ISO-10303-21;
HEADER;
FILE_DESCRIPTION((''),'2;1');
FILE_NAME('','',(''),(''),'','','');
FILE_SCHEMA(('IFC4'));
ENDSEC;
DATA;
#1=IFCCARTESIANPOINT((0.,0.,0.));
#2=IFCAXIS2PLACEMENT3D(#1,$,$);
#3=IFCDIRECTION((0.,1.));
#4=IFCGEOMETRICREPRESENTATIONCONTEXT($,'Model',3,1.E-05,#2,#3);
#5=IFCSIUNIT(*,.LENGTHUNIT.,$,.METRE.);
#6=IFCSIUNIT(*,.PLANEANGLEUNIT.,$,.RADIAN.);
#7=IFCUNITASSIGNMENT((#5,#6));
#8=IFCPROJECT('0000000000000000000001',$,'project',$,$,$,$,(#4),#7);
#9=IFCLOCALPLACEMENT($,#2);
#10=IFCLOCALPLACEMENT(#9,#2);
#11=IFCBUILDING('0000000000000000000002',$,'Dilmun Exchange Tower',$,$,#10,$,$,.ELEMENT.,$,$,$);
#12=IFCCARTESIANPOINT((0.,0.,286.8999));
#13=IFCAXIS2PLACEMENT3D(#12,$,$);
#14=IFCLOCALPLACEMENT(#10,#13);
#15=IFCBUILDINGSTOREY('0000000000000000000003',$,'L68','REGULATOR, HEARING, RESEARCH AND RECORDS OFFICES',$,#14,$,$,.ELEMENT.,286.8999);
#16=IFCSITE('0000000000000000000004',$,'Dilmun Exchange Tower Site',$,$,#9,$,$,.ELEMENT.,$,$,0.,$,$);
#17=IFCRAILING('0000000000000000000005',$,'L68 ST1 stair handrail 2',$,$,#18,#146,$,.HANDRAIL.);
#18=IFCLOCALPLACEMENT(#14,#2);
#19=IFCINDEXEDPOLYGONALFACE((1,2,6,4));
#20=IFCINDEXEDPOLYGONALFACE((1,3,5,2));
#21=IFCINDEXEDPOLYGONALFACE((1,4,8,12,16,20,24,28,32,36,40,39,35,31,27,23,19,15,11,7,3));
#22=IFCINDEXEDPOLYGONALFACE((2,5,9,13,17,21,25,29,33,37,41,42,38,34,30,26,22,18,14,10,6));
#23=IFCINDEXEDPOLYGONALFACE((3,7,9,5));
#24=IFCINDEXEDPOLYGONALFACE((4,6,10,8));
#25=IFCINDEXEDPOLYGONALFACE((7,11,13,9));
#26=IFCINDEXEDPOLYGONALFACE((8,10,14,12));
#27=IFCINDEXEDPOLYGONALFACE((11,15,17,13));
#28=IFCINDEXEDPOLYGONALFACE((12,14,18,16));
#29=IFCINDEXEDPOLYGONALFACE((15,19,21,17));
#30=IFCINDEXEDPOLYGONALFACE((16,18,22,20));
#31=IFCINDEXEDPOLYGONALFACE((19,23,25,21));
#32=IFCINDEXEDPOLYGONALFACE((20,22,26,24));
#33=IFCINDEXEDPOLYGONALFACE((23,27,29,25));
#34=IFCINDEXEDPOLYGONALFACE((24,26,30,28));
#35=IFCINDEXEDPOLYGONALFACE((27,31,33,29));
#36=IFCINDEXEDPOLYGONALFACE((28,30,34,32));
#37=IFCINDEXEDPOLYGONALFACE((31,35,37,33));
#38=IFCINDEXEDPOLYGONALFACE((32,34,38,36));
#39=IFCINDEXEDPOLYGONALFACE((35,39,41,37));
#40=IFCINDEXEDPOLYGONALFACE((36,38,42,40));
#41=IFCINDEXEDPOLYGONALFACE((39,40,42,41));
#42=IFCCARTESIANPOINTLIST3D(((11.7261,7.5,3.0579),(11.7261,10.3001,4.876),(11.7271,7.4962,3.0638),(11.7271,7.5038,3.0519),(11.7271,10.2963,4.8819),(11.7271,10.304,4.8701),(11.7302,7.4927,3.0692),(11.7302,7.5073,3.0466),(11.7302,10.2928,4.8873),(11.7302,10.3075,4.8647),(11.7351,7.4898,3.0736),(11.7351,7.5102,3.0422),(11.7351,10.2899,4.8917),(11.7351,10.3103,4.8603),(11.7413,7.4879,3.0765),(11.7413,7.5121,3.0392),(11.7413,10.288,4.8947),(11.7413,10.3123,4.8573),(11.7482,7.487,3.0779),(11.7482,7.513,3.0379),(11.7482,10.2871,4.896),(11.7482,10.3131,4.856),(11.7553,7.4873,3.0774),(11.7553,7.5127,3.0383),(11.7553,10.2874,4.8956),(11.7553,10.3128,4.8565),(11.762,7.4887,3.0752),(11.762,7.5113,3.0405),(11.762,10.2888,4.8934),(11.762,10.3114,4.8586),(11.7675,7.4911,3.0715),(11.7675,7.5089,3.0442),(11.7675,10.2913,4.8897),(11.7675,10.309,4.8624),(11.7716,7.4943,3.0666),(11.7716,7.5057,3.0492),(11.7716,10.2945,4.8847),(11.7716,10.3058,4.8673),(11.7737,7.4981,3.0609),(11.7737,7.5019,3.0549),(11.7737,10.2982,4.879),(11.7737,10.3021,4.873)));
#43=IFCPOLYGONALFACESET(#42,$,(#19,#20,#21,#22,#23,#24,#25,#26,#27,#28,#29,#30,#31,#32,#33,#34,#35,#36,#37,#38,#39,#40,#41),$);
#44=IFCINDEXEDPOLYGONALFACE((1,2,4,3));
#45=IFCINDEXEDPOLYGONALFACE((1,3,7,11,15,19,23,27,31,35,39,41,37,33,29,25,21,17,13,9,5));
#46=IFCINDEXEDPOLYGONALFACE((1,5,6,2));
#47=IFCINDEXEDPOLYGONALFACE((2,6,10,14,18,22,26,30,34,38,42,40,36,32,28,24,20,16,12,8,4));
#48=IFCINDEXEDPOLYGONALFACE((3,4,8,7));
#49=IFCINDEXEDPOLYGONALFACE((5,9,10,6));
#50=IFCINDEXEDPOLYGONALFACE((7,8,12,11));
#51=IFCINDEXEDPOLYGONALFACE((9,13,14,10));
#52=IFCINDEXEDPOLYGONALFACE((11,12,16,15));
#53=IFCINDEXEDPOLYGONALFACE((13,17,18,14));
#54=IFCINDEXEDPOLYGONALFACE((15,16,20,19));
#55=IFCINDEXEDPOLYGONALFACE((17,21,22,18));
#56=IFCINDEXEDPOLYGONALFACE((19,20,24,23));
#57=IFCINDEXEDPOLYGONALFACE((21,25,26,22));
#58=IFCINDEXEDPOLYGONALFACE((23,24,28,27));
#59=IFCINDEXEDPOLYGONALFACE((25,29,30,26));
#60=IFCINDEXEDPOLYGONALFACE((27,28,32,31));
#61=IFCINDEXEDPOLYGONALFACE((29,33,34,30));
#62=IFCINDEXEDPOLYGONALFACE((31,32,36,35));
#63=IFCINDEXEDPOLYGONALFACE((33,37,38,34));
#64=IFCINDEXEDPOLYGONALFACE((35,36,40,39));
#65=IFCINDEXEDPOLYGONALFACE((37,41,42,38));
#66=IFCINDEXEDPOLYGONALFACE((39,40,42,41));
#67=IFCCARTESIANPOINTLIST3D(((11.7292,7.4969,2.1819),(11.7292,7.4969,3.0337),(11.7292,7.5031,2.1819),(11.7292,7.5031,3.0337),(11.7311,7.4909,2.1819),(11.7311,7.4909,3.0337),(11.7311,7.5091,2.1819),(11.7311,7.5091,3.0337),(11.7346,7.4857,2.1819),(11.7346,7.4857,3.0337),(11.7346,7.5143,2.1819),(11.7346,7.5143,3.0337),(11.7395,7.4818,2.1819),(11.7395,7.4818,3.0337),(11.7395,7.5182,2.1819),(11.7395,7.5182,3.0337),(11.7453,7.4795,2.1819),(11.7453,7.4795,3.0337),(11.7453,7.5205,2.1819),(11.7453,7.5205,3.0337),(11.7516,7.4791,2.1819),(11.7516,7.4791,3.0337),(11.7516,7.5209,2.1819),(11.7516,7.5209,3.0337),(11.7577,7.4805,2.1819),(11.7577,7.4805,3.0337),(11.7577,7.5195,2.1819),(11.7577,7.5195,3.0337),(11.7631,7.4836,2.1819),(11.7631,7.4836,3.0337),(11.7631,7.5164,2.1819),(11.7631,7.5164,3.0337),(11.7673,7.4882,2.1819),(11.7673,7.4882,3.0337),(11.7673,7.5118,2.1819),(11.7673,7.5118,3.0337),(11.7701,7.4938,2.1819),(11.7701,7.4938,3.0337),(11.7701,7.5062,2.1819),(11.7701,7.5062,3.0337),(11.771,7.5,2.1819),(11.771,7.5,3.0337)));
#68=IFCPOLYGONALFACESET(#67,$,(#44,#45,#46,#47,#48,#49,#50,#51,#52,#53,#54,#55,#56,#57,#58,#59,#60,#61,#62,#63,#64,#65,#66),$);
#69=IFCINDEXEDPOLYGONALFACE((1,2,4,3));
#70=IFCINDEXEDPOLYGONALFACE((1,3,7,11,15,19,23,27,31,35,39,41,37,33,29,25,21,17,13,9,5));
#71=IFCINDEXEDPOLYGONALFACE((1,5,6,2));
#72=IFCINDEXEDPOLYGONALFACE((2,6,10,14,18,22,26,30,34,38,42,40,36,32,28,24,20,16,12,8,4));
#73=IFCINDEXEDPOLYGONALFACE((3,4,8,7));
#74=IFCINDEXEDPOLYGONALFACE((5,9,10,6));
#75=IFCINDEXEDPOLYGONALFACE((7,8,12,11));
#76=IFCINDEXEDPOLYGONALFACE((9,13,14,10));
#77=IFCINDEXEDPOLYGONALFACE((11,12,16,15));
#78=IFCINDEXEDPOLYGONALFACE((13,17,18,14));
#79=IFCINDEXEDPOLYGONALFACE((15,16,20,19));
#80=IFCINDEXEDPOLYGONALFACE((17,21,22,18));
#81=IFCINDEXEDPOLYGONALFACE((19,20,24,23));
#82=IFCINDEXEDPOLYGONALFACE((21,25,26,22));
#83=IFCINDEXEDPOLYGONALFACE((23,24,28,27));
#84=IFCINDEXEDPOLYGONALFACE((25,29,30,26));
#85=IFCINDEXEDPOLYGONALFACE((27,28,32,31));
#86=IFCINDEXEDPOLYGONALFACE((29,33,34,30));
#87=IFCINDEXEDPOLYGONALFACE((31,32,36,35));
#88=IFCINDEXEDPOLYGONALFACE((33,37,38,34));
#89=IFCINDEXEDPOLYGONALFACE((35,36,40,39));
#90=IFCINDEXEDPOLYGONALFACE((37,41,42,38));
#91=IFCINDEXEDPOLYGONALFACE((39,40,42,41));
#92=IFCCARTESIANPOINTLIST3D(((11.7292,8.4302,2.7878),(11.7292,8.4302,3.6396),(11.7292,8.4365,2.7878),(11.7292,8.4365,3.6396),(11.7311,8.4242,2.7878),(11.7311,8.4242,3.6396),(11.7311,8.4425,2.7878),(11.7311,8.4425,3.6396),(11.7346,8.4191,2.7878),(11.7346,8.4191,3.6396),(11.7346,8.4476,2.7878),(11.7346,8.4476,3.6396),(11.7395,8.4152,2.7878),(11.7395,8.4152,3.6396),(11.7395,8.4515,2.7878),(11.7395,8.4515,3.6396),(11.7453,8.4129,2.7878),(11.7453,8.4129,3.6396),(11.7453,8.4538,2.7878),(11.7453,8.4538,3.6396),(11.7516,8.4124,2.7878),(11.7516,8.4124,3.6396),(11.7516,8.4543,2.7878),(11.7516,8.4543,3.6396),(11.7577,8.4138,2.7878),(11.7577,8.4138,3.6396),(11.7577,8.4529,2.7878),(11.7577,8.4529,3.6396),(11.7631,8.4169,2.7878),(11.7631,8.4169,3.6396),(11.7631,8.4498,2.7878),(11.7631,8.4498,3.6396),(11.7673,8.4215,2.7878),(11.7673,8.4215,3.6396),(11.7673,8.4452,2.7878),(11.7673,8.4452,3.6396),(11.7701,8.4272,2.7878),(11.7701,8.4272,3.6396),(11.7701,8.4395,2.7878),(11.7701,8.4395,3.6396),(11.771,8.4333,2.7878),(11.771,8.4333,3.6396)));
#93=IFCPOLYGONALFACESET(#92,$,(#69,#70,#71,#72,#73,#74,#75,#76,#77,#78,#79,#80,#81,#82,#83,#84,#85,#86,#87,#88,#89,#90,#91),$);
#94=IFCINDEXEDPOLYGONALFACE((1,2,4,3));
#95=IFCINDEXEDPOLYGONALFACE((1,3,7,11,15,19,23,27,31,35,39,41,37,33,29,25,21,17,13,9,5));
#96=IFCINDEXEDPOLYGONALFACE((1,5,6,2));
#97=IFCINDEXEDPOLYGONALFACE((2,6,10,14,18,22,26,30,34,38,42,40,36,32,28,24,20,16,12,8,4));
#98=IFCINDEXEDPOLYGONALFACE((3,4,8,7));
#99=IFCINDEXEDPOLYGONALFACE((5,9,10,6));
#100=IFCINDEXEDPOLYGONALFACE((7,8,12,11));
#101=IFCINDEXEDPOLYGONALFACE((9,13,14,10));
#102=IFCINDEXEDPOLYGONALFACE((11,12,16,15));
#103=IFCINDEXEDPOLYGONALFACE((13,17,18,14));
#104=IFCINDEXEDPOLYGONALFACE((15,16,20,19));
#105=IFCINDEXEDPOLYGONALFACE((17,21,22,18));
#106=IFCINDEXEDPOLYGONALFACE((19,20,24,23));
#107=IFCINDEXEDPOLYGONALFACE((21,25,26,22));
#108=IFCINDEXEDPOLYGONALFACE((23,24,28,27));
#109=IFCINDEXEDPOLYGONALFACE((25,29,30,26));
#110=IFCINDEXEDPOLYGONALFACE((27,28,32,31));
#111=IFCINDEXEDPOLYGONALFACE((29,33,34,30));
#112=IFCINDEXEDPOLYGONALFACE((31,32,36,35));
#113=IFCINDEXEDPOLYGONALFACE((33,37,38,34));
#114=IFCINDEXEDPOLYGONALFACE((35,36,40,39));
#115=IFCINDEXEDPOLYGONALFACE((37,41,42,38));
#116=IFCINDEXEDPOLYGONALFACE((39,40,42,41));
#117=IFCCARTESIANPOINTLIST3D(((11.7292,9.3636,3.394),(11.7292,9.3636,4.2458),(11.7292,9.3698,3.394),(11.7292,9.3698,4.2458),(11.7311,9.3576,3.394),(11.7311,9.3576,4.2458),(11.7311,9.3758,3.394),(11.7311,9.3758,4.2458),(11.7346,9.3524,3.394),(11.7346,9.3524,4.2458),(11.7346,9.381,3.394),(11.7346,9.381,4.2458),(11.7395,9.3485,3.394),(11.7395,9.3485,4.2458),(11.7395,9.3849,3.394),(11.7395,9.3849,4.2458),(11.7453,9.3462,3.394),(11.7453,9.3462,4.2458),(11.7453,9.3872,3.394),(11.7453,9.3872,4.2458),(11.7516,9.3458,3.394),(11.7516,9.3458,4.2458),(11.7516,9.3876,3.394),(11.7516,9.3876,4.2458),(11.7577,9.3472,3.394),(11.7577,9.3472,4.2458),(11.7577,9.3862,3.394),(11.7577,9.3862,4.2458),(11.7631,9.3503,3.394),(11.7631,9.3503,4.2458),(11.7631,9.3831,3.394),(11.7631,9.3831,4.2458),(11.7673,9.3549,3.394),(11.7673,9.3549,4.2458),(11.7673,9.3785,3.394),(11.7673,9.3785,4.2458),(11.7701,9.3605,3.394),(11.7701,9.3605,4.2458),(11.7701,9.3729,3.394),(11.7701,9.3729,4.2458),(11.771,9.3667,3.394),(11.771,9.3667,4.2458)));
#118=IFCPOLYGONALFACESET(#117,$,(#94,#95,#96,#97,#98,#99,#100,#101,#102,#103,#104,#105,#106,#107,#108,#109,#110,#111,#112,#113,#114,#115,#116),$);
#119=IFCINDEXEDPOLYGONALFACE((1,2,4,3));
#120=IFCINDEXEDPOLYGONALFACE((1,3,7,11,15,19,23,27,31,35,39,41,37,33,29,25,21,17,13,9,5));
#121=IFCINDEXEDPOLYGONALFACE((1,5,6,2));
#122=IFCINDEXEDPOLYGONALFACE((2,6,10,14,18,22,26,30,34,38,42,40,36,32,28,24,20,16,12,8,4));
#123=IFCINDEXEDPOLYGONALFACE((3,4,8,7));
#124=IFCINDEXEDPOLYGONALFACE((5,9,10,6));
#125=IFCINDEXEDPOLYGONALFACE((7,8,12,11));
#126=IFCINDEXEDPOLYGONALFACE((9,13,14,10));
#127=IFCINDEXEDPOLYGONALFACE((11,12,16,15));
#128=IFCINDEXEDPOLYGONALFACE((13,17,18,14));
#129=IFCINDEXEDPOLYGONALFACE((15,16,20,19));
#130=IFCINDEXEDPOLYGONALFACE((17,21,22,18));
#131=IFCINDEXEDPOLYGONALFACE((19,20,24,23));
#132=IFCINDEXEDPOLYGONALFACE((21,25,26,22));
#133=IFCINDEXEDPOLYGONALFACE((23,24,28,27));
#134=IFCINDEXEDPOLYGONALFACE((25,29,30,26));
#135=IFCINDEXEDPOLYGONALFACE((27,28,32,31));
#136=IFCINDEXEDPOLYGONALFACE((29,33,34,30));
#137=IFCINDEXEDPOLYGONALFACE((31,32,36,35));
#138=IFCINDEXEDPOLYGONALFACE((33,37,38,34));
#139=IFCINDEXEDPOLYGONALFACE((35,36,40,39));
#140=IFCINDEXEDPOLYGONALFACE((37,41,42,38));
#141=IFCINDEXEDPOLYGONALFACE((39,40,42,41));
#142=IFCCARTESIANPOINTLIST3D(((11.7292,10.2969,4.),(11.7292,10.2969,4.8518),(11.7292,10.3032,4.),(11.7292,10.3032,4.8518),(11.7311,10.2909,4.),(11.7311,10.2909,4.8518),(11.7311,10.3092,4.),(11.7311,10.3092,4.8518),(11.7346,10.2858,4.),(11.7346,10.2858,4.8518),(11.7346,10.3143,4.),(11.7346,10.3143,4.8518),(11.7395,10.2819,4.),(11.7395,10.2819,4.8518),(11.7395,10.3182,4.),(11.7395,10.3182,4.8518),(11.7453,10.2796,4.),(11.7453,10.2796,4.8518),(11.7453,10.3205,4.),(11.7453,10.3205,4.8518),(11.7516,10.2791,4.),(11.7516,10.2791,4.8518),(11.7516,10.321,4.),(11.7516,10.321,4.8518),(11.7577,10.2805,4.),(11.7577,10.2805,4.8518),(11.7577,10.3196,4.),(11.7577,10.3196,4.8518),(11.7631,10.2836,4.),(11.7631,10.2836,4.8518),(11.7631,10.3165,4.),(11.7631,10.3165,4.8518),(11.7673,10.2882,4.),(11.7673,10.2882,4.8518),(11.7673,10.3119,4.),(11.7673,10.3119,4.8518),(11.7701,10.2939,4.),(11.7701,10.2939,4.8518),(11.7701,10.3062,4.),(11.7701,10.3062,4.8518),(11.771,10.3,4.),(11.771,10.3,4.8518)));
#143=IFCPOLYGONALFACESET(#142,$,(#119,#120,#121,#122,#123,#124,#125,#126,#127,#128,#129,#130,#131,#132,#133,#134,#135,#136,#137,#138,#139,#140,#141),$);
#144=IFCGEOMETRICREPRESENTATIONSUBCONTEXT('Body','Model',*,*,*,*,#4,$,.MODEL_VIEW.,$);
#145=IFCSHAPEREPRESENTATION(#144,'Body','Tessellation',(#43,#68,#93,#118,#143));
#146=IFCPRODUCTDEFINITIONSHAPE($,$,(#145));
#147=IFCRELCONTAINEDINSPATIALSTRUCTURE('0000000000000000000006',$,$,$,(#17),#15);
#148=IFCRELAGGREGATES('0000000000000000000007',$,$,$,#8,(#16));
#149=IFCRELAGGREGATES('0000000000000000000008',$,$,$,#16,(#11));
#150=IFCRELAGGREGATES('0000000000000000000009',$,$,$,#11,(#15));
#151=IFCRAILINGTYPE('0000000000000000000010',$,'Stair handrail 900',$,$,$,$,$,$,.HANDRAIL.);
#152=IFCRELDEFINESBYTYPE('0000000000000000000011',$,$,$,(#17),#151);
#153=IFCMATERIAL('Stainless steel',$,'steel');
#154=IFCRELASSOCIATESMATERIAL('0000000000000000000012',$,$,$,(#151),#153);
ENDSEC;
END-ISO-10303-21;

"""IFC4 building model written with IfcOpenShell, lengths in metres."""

from ifc_helpers import new_model, si_unit, direction, frame, origin, origin_2d, place, context, subcontext, project, spatial, circle, extrude, material, type_object, element, save


model = new_model("IFC4")

# Units and contexts
model_context = context("Model", 3, precision=1e-05, world=origin(), true_north=direction((0.0, 1.0)))
body_context = subcontext(model_context, "Body", "Model", "MODEL_VIEW")
ifc_project = project(units=[si_unit("LENGTHUNIT", "METRE"), si_unit("PLANEANGLEUNIT", "RADIAN")], contexts=[model_context])

# Site, building, storey
site_placement = place(None, origin())
site = spatial("IfcSite", under=ifc_project, at=site_placement, Name="Dilmun Exchange Tower Site", CompositionType="ELEMENT", RefElevation=0.0)
building_placement = place(site_placement, origin())
building = spatial("IfcBuilding", under=site, at=building_placement, Name="Dilmun Exchange Tower", CompositionType="ELEMENT")
storey_placement = place(building_placement, frame((0.0, 0.0, 286.8999)))
storey = spatial("IfcBuildingStorey", under=building, at=storey_placement, Name="L68", Description="REGULATOR, HEARING, RESEARCH AND RECORDS OFFICES", CompositionType="ELEMENT", Elevation=286.8999)

# Railing
ifc_material_1 = material(Name="Stainless steel", Category="steel")
railing_type = type_object("IfcRailingType", Name="Stair handrail 900", PredefinedType="HANDRAIL", material=ifc_material_1)
railing_1_placement = place(storey_placement, frame((11.75, 7.5, 2.1819)))
element("IfcRailing", 1, at=railing_1_placement, inside=storey, type_object=railing_type, Name="L68 ST1 stair handrail 2", PredefinedType="HANDRAIL", context=body_context, shape_type="SweptSolid", body=[
    extrude(circle(Radius=0.0239, at=origin_2d()), frame((0.0, 0.0, 0.876), z_axis=(0.0, 0.838706, 0.544585), x_axis=(-1.0, 0.0, 0.0)), (0.0, 0.0, 1.0), 3.3386),
    extrude(circle(Radius=0.021, at=origin_2d()), origin(), (0.0, 0.0, 1.0), 0.8518),
    extrude(circle(Radius=0.021, at=origin_2d()), frame((0.0, 0.9333, 0.606)), (0.0, 0.0, 1.0), 0.8518),
    extrude(circle(Radius=0.021, at=origin_2d()), frame((0.0, 1.8667, 1.2122)), (0.0, 0.0, 1.0), 0.8518),
    extrude(circle(Radius=0.021, at=origin_2d()), frame((0.0, 2.8, 1.8181)), (0.0, 0.0, 1.0), 0.8518),
])

save(model, "model.ifc")
